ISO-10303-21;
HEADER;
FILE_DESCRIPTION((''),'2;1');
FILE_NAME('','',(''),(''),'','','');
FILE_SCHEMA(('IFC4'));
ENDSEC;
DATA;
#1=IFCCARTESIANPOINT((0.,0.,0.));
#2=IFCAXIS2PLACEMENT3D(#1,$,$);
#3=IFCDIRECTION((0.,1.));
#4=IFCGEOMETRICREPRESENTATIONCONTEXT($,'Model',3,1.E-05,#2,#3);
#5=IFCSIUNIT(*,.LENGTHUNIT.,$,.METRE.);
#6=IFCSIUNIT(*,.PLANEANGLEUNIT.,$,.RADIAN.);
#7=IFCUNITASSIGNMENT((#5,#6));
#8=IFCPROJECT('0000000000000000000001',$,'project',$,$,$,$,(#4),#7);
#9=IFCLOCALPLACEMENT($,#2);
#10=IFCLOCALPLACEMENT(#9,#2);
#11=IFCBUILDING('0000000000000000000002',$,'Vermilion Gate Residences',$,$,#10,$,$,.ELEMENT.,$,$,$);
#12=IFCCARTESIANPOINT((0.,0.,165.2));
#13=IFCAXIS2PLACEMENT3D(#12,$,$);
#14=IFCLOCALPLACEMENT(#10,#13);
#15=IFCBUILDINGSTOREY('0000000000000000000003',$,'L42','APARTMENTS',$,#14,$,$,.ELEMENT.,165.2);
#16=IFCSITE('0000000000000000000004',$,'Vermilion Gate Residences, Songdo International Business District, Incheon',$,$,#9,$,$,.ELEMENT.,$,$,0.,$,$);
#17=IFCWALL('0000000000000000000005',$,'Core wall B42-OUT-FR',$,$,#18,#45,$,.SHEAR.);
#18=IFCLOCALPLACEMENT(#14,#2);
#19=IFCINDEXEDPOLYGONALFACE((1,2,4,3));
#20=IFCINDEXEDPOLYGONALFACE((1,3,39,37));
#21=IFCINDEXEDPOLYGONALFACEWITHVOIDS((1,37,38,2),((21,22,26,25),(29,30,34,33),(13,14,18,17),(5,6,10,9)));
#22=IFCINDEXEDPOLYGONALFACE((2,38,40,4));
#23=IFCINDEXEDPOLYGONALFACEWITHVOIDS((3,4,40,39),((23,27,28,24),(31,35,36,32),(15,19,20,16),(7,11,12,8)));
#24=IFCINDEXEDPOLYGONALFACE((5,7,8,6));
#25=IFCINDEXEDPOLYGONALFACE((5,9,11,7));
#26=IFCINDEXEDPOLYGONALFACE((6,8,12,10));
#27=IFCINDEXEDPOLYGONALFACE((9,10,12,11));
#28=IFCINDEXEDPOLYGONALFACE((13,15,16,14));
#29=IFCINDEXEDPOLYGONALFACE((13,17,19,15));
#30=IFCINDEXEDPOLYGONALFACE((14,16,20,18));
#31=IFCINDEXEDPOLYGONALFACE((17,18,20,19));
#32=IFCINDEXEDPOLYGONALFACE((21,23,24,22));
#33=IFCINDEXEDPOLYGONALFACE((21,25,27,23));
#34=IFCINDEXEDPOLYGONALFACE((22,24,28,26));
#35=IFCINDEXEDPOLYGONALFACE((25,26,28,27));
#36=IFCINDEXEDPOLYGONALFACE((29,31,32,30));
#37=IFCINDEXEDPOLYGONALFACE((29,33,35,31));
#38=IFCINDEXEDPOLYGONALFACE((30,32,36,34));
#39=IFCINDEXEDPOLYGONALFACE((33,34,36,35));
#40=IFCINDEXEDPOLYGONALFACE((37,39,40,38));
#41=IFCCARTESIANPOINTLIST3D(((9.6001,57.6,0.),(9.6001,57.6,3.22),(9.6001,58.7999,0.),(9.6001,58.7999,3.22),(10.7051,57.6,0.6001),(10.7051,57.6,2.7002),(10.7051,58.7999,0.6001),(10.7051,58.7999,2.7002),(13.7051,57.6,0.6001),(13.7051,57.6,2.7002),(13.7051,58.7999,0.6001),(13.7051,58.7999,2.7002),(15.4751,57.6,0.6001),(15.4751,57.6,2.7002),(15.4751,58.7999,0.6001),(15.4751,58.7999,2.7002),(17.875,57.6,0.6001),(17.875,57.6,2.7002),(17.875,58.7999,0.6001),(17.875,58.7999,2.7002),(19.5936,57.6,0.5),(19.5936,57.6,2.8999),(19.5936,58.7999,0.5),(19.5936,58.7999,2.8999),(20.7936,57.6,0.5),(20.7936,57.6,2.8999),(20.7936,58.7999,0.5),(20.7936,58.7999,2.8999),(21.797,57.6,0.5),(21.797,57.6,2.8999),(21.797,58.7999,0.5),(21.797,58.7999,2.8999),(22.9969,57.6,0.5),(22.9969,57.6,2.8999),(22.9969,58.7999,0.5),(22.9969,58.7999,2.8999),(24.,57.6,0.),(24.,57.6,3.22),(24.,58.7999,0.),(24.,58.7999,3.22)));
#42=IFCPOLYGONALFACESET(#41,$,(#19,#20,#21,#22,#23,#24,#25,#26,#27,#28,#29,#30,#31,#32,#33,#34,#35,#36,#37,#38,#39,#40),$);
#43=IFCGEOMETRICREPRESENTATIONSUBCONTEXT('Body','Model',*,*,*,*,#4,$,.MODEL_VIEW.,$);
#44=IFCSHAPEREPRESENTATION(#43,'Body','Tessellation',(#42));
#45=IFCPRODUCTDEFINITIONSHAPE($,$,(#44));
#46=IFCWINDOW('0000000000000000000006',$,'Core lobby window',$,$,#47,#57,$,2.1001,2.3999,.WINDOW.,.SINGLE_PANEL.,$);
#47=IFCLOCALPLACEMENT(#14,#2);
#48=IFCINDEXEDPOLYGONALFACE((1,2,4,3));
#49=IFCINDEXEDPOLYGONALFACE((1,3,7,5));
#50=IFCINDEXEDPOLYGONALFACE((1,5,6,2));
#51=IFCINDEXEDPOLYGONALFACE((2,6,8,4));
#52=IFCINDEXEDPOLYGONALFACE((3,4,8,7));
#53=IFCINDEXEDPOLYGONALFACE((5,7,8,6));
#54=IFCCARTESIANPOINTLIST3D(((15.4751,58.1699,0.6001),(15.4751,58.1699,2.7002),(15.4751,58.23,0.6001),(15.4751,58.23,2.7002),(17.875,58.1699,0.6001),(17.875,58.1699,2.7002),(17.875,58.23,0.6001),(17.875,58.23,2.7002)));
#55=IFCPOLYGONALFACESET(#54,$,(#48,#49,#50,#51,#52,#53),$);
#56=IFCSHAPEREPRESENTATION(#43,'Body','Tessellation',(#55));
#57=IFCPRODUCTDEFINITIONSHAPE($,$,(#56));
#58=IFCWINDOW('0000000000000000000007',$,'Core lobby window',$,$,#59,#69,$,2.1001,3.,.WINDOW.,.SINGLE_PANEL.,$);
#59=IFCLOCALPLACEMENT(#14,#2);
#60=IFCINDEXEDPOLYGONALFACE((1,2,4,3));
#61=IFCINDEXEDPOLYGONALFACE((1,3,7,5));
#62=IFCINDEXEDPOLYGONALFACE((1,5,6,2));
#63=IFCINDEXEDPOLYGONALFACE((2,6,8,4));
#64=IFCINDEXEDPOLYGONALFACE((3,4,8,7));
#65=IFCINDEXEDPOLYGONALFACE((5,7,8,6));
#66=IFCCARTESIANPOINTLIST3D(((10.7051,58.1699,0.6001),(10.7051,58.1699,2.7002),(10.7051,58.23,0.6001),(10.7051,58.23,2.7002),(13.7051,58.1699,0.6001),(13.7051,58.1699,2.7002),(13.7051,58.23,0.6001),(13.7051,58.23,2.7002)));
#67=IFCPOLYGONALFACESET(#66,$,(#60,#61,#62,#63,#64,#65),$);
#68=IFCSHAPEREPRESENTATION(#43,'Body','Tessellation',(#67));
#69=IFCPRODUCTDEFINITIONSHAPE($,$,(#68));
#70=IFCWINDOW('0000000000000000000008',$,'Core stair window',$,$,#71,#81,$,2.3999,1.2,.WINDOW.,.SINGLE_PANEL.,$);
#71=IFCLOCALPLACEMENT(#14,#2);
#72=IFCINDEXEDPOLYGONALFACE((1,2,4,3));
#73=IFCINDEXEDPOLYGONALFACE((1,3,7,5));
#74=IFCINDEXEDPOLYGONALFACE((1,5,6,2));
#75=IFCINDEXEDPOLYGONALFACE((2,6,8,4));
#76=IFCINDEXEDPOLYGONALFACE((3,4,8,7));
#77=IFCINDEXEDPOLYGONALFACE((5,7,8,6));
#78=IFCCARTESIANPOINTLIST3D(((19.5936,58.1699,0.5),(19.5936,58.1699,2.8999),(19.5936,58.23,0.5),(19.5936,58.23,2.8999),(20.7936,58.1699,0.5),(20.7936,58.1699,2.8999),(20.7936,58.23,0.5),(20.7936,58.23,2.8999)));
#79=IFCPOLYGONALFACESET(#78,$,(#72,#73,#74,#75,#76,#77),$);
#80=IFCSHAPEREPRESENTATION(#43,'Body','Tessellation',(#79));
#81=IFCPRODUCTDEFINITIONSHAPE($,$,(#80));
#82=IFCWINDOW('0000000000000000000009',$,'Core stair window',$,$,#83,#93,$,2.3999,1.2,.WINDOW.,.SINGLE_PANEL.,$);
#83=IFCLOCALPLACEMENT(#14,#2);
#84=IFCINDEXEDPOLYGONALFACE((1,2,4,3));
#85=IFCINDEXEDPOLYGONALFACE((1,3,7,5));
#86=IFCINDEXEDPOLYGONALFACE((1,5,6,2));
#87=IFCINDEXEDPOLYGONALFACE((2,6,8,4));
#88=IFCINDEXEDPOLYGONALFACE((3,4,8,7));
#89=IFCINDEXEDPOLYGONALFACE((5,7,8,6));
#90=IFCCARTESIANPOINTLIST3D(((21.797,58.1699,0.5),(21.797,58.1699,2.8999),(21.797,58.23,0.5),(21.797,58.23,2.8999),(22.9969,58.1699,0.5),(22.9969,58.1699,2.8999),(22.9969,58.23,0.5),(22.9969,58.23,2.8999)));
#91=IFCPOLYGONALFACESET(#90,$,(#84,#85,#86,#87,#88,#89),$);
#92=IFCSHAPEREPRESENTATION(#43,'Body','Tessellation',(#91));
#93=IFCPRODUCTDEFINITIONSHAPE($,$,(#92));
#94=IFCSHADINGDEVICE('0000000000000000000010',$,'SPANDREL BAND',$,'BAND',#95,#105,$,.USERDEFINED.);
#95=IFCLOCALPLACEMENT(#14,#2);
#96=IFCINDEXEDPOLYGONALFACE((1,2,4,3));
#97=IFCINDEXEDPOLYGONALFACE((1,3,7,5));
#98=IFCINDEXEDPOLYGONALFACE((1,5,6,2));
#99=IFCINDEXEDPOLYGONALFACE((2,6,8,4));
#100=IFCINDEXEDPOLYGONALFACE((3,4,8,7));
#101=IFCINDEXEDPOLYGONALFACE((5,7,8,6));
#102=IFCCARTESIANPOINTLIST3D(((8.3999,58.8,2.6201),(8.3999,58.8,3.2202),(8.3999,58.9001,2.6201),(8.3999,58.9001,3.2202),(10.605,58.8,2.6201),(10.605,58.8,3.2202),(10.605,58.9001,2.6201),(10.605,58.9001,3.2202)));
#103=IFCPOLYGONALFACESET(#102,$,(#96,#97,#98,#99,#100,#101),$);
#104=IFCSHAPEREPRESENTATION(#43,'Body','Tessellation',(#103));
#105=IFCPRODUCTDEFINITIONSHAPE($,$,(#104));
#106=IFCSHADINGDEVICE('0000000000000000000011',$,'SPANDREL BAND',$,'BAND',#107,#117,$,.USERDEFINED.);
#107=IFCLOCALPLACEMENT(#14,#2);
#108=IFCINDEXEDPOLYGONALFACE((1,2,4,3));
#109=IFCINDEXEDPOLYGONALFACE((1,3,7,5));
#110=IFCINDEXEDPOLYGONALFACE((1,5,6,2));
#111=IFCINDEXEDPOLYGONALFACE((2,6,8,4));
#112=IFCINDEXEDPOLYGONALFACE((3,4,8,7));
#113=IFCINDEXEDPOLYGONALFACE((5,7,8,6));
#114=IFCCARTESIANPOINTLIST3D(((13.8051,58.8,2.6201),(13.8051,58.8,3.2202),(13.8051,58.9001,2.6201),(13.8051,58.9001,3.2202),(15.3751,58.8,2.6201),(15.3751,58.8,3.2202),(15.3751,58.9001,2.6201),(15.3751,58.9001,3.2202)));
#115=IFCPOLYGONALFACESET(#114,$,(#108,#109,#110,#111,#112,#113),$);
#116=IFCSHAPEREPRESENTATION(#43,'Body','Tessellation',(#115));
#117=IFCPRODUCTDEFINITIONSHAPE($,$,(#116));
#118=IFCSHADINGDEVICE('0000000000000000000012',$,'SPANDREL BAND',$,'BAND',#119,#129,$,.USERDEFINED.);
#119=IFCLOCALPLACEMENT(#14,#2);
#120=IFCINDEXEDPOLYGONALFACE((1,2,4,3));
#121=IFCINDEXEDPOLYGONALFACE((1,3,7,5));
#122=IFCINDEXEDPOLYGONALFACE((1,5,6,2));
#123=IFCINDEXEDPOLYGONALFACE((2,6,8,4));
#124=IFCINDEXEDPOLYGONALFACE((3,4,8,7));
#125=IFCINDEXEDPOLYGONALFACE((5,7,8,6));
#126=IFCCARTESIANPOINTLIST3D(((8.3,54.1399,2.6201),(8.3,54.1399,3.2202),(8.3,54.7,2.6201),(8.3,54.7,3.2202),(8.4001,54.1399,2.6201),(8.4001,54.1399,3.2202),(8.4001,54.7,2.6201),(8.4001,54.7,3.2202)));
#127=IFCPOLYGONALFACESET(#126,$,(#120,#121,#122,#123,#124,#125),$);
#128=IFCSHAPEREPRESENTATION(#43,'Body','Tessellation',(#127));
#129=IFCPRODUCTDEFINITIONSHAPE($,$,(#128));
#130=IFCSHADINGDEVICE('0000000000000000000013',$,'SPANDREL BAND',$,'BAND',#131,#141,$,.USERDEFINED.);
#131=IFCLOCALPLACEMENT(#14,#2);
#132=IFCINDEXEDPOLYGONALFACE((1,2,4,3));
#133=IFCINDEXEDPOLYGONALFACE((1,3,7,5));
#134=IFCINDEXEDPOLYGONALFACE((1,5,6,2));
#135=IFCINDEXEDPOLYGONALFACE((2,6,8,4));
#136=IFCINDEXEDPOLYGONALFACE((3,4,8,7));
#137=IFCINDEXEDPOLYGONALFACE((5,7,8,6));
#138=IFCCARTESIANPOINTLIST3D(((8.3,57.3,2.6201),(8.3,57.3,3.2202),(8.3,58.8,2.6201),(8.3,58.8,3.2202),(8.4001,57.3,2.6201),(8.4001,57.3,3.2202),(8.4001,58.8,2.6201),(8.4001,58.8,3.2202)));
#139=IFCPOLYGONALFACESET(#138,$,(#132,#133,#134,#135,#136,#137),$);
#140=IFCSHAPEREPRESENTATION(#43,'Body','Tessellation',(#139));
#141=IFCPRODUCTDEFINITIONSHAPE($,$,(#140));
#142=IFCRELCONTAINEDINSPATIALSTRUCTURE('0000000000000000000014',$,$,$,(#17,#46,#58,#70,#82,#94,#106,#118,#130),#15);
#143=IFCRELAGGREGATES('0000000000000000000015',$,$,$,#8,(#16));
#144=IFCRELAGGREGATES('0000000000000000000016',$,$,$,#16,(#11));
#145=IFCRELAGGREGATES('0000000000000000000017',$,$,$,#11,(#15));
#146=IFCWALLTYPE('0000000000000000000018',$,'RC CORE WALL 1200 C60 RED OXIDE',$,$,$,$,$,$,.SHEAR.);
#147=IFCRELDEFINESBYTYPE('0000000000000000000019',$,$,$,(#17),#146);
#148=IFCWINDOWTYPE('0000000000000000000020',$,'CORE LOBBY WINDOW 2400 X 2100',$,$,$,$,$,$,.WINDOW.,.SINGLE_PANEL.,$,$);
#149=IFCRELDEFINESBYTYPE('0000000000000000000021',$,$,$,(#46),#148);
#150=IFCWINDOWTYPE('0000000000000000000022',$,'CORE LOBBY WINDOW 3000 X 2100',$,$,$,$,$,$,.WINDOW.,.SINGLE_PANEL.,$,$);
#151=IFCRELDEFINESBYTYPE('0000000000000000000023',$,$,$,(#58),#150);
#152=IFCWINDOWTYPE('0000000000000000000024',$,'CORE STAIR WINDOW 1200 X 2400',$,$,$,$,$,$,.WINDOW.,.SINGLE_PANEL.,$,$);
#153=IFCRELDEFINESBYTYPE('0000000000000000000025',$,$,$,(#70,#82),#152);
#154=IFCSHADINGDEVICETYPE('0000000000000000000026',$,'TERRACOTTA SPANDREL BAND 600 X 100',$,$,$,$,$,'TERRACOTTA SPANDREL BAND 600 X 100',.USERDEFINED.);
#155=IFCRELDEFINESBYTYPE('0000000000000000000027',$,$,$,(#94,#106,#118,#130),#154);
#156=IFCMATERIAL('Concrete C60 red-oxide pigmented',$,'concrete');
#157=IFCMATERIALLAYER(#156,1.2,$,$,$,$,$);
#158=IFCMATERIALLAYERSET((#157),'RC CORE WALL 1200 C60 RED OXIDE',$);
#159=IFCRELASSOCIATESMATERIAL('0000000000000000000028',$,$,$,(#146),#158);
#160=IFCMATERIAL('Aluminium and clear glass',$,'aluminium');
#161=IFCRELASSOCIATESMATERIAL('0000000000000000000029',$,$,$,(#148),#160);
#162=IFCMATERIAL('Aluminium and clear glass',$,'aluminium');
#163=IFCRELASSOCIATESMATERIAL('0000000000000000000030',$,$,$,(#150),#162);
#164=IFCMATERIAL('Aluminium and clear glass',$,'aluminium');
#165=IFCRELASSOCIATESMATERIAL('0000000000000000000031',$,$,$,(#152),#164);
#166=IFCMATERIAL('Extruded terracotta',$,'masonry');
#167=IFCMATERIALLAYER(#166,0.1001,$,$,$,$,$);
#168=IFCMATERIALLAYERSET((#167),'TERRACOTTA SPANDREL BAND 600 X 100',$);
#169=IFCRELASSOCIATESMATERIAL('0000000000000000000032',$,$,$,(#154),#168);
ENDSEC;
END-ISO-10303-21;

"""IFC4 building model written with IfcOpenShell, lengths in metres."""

from ifc_helpers import new_model, si_unit, direction, frame, frame_2d, origin, origin_2d, place, context, subcontext, project, spatial, rectangle, extrude, material, layer, layer_set, type_object, element, fill, save


model = new_model("IFC4")

# Units and contexts
model_context = context("Model", 3, precision=1e-05, world=origin(), true_north=direction((0.0, 1.0)))
body_context = subcontext(model_context, "Body", "Model", "MODEL_VIEW")
ifc_project = project(units=[si_unit("LENGTHUNIT", "METRE"), si_unit("PLANEANGLEUNIT", "RADIAN")], contexts=[model_context])

# Site, building, storey
site_placement = place(None, origin())
site = spatial("IfcSite", under=ifc_project, at=site_placement, Name="Vermilion Gate Residences, Songdo International Business District, Incheon", CompositionType="ELEMENT", RefElevation=0.0)
building_placement = place(site_placement, origin())
building = spatial("IfcBuilding", under=site, at=building_placement, Name="Vermilion Gate Residences", CompositionType="ELEMENT")
storey_placement = place(building_placement, frame((0.0, 0.0, 165.2)))
storey = spatial("IfcBuildingStorey", under=building, at=storey_placement, Name="L42", Description="APARTMENTS", CompositionType="ELEMENT", Elevation=165.2)

# Wall, openings, windows
ifc_material_1 = material(Name="Concrete C60 red-oxide pigmented", Category="concrete")
ifc_layer_1 = layer(ifc_material_1, 1.2)
ifc_layer_set_1 = layer_set([ifc_layer_1], Name="RC CORE WALL 1200 C60 RED OXIDE")
wall_type_1 = type_object("IfcWallType", Name="RC CORE WALL 1200 C60 RED OXIDE", PredefinedType="SHEAR", material=ifc_layer_set_1)
ifc_material_2 = material(Name="Aluminium and clear glass", Category="aluminium")
window_type_1 = type_object("IfcWindowType", Name="CORE LOBBY WINDOW 2400 X 2100", PartitioningType="SINGLE_PANEL", PredefinedType="WINDOW", material=ifc_material_2)
wall_1_placement = place(storey_placement, frame((9.6001, 58.2, 0.0), z_axis=(0.0, 0.0, 1.0), x_axis=(1.0, 0.0, 0.0)))
wall_1 = element("IfcWall", 1, at=wall_1_placement, inside=storey, type_object=wall_type_1, Name="Core wall B42-OUT-FR", PredefinedType="SHEAR", context=body_context, shape_type="SweptSolid", body=[
    extrude(rectangle(XDim=14.3999, YDim=1.2, at=frame_2d((7.2, 0.0))), origin(), (0.0, 0.0, 1.0), 3.22),
])
opening_1_placement = place(wall_1_placement, frame((1.105, 0.0, 0.6001)))
opening_1 = element("IfcOpeningElement", 2, at=opening_1_placement, cuts=wall_1, PredefinedType="OPENING", context=body_context, shape_type="SweptSolid", body=[
    extrude(rectangle(XDim=3.0, YDim=2.1001, at=frame_2d((1.5, 1.05))), frame((0.0, 0.6099, 0.0), z_axis=(0.0, -1.0, 0.0), x_axis=(1.0, 0.0, 0.0)), (0.0, 0.0, 1.0), 1.22),
])
opening_2_placement = place(wall_1_placement, frame((5.875, 0.0, 0.6001)))
opening_2 = element("IfcOpeningElement", 3, at=opening_2_placement, cuts=wall_1, PredefinedType="OPENING", context=body_context, shape_type="SweptSolid", body=[
    extrude(rectangle(XDim=2.3999, YDim=2.1001, at=frame_2d((1.2, 1.05))), frame((0.0, 0.6099, 0.0), z_axis=(0.0, -1.0, 0.0), x_axis=(1.0, 0.0, 0.0)), (0.0, 0.0, 1.0), 1.22),
])
opening_3_placement = place(wall_1_placement, frame((9.9934, 0.0, 0.5)))
opening_3 = element("IfcOpeningElement", 4, at=opening_3_placement, cuts=wall_1, PredefinedType="OPENING", context=body_context, shape_type="SweptSolid", body=[
    extrude(rectangle(XDim=1.2, YDim=2.3999, at=frame_2d((0.6001, 1.2))), frame((0.0, 0.6099, 0.0), z_axis=(0.0, -1.0, 0.0), x_axis=(1.0, 0.0, 0.0)), (0.0, 0.0, 1.0), 1.22),
])
opening_4_placement = place(wall_1_placement, frame((12.1968, 0.0, 0.5)))
opening_4 = element("IfcOpeningElement", 5, at=opening_4_placement, cuts=wall_1, PredefinedType="OPENING", context=body_context, shape_type="SweptSolid", body=[
    extrude(rectangle(XDim=1.2, YDim=2.3999, at=frame_2d((0.6001, 1.2))), frame((0.0, 0.6099, 0.0), z_axis=(0.0, -1.0, 0.0), x_axis=(1.0, 0.0, 0.0)), (0.0, 0.0, 1.0), 1.22),
])
window_1_placement = place(opening_2_placement, origin())
window_1 = element("IfcWindow", 6, at=window_1_placement, inside=storey, type_object=window_type_1, Name="Core lobby window", OverallHeight=2.1001, OverallWidth=2.3999, PartitioningType="SINGLE_PANEL", PredefinedType="WINDOW", context=body_context, shape_type="SweptSolid", body=[
    extrude(rectangle(XDim=2.3999, YDim=2.1001, at=frame_2d((1.2, 1.05))), frame((0.0, 0.03, 0.0), z_axis=(0.0, -1.0, 0.0), x_axis=(1.0, 0.0, 0.0)), (0.0, 0.0, 1.0), 0.0601),
])
fill(opening_2, window_1)
ifc_material_3 = material(Name="Aluminium and clear glass", Category="aluminium")
window_type_2 = type_object("IfcWindowType", Name="CORE LOBBY WINDOW 3000 X 2100", PartitioningType="SINGLE_PANEL", PredefinedType="WINDOW", material=ifc_material_3)
window_2_placement = place(opening_1_placement, origin())
window_2 = element("IfcWindow", 7, at=window_2_placement, inside=storey, type_object=window_type_2, Name="Core lobby window", OverallHeight=2.1001, OverallWidth=3.0, PartitioningType="SINGLE_PANEL", PredefinedType="WINDOW", context=body_context, shape_type="SweptSolid", body=[
    extrude(rectangle(XDim=3.0, YDim=2.1001, at=frame_2d((1.5, 1.05))), frame((0.0, 0.03, 0.0), z_axis=(0.0, -1.0, 0.0), x_axis=(1.0, 0.0, 0.0)), (0.0, 0.0, 1.0), 0.0601),
])
fill(opening_1, window_2)
ifc_material_4 = material(Name="Aluminium and clear glass", Category="aluminium")
window_type_3 = type_object("IfcWindowType", Name="CORE STAIR WINDOW 1200 X 2400", PartitioningType="SINGLE_PANEL", PredefinedType="WINDOW", material=ifc_material_4)
window_3_placement = place(opening_3_placement, origin())
window_3 = element("IfcWindow", 8, at=window_3_placement, inside=storey, type_object=window_type_3, Name="Core stair window", OverallHeight=2.3999, OverallWidth=1.2, PartitioningType="SINGLE_PANEL", PredefinedType="WINDOW", context=body_context, shape_type="SweptSolid", body=[
    extrude(rectangle(XDim=1.2, YDim=2.3999, at=frame_2d((0.6001, 1.2))), frame((0.0, 0.03, 0.0), z_axis=(0.0, -1.0, 0.0), x_axis=(1.0, 0.0, 0.0)), (0.0, 0.0, 1.0), 0.0601),
])
fill(opening_3, window_3)
window_4_placement = place(opening_4_placement, origin())
window_4 = element("IfcWindow", 9, at=window_4_placement, inside=storey, type_object=window_type_3, Name="Core stair window", OverallHeight=2.3999, OverallWidth=1.2, PartitioningType="SINGLE_PANEL", PredefinedType="WINDOW", context=body_context, shape_type="SweptSolid", body=[
    extrude(rectangle(XDim=1.2, YDim=2.3999, at=frame_2d((0.6001, 1.2))), frame((0.0, 0.03, 0.0), z_axis=(0.0, -1.0, 0.0), x_axis=(1.0, 0.0, 0.0)), (0.0, 0.0, 1.0), 0.0601),
])
fill(opening_4, window_4)

# Shading devices
ifc_material_5 = material(Name="Extruded terracotta", Category="masonry")
ifc_layer_2 = layer(ifc_material_5, 0.1001)
ifc_layer_set_2 = layer_set([ifc_layer_2], Name="TERRACOTTA SPANDREL BAND 600 X 100")
shading_device_type = type_object("IfcShadingDeviceType", Name="TERRACOTTA SPANDREL BAND 600 X 100", ElementType="TERRACOTTA SPANDREL BAND 600 X 100", PredefinedType="USERDEFINED", material=ifc_layer_set_2)
shading_device_1_placement = place(storey_placement, frame((9.5024, 58.8501, 2.6201), z_axis=(0.0, 0.0, 1.0), x_axis=(1.0, 0.0, 0.0)))
element("IfcShadingDevice", 10, at=shading_device_1_placement, inside=storey, type_object=shading_device_type, Name="SPANDREL BAND", ObjectType="BAND", PredefinedType="USERDEFINED", context=body_context, shape_type="SweptSolid", body=[
    extrude(rectangle(XDim=2.2051, YDim=0.1001, at=origin_2d()), origin(), (0.0, 0.0, 1.0), 0.6001),
])
shading_device_2_placement = place(storey_placement, frame((14.5901, 58.8501, 2.6201), z_axis=(0.0, 0.0, 1.0), x_axis=(1.0, 0.0, 0.0)))
element("IfcShadingDevice", 11, at=shading_device_2_placement, inside=storey, type_object=shading_device_type, Name="SPANDREL BAND", ObjectType="BAND", PredefinedType="USERDEFINED", context=body_context, shape_type="SweptSolid", body=[
    extrude(rectangle(XDim=1.5701, YDim=0.1001, at=origin_2d()), origin(), (0.0, 0.0, 1.0), 0.6001),
])
shading_device_3_placement = place(storey_placement, frame((8.3501, 54.4199, 2.6201), z_axis=(0.0, 0.0, 1.0), x_axis=(0.0, 1.0, 0.0)))
element("IfcShadingDevice", 12, at=shading_device_3_placement, inside=storey, type_object=shading_device_type, Name="SPANDREL BAND", ObjectType="BAND", PredefinedType="USERDEFINED", context=body_context, shape_type="SweptSolid", body=[
    extrude(rectangle(XDim=0.5601, YDim=0.1001, at=origin_2d()), origin(), (0.0, 0.0, 1.0), 0.6001),
])
shading_device_4_placement = place(storey_placement, frame((8.3501, 58.05, 2.6201), z_axis=(0.0, 0.0, 1.0), x_axis=(0.0, 1.0, 0.0)))
element("IfcShadingDevice", 13, at=shading_device_4_placement, inside=storey, type_object=shading_device_type, Name="SPANDREL BAND", ObjectType="BAND", PredefinedType="USERDEFINED", context=body_context, shape_type="SweptSolid", body=[
    extrude(rectangle(XDim=1.5, YDim=0.1001, at=origin_2d()), origin(), (0.0, 0.0, 1.0), 0.6001),
])

save(model, "model.ifc")
